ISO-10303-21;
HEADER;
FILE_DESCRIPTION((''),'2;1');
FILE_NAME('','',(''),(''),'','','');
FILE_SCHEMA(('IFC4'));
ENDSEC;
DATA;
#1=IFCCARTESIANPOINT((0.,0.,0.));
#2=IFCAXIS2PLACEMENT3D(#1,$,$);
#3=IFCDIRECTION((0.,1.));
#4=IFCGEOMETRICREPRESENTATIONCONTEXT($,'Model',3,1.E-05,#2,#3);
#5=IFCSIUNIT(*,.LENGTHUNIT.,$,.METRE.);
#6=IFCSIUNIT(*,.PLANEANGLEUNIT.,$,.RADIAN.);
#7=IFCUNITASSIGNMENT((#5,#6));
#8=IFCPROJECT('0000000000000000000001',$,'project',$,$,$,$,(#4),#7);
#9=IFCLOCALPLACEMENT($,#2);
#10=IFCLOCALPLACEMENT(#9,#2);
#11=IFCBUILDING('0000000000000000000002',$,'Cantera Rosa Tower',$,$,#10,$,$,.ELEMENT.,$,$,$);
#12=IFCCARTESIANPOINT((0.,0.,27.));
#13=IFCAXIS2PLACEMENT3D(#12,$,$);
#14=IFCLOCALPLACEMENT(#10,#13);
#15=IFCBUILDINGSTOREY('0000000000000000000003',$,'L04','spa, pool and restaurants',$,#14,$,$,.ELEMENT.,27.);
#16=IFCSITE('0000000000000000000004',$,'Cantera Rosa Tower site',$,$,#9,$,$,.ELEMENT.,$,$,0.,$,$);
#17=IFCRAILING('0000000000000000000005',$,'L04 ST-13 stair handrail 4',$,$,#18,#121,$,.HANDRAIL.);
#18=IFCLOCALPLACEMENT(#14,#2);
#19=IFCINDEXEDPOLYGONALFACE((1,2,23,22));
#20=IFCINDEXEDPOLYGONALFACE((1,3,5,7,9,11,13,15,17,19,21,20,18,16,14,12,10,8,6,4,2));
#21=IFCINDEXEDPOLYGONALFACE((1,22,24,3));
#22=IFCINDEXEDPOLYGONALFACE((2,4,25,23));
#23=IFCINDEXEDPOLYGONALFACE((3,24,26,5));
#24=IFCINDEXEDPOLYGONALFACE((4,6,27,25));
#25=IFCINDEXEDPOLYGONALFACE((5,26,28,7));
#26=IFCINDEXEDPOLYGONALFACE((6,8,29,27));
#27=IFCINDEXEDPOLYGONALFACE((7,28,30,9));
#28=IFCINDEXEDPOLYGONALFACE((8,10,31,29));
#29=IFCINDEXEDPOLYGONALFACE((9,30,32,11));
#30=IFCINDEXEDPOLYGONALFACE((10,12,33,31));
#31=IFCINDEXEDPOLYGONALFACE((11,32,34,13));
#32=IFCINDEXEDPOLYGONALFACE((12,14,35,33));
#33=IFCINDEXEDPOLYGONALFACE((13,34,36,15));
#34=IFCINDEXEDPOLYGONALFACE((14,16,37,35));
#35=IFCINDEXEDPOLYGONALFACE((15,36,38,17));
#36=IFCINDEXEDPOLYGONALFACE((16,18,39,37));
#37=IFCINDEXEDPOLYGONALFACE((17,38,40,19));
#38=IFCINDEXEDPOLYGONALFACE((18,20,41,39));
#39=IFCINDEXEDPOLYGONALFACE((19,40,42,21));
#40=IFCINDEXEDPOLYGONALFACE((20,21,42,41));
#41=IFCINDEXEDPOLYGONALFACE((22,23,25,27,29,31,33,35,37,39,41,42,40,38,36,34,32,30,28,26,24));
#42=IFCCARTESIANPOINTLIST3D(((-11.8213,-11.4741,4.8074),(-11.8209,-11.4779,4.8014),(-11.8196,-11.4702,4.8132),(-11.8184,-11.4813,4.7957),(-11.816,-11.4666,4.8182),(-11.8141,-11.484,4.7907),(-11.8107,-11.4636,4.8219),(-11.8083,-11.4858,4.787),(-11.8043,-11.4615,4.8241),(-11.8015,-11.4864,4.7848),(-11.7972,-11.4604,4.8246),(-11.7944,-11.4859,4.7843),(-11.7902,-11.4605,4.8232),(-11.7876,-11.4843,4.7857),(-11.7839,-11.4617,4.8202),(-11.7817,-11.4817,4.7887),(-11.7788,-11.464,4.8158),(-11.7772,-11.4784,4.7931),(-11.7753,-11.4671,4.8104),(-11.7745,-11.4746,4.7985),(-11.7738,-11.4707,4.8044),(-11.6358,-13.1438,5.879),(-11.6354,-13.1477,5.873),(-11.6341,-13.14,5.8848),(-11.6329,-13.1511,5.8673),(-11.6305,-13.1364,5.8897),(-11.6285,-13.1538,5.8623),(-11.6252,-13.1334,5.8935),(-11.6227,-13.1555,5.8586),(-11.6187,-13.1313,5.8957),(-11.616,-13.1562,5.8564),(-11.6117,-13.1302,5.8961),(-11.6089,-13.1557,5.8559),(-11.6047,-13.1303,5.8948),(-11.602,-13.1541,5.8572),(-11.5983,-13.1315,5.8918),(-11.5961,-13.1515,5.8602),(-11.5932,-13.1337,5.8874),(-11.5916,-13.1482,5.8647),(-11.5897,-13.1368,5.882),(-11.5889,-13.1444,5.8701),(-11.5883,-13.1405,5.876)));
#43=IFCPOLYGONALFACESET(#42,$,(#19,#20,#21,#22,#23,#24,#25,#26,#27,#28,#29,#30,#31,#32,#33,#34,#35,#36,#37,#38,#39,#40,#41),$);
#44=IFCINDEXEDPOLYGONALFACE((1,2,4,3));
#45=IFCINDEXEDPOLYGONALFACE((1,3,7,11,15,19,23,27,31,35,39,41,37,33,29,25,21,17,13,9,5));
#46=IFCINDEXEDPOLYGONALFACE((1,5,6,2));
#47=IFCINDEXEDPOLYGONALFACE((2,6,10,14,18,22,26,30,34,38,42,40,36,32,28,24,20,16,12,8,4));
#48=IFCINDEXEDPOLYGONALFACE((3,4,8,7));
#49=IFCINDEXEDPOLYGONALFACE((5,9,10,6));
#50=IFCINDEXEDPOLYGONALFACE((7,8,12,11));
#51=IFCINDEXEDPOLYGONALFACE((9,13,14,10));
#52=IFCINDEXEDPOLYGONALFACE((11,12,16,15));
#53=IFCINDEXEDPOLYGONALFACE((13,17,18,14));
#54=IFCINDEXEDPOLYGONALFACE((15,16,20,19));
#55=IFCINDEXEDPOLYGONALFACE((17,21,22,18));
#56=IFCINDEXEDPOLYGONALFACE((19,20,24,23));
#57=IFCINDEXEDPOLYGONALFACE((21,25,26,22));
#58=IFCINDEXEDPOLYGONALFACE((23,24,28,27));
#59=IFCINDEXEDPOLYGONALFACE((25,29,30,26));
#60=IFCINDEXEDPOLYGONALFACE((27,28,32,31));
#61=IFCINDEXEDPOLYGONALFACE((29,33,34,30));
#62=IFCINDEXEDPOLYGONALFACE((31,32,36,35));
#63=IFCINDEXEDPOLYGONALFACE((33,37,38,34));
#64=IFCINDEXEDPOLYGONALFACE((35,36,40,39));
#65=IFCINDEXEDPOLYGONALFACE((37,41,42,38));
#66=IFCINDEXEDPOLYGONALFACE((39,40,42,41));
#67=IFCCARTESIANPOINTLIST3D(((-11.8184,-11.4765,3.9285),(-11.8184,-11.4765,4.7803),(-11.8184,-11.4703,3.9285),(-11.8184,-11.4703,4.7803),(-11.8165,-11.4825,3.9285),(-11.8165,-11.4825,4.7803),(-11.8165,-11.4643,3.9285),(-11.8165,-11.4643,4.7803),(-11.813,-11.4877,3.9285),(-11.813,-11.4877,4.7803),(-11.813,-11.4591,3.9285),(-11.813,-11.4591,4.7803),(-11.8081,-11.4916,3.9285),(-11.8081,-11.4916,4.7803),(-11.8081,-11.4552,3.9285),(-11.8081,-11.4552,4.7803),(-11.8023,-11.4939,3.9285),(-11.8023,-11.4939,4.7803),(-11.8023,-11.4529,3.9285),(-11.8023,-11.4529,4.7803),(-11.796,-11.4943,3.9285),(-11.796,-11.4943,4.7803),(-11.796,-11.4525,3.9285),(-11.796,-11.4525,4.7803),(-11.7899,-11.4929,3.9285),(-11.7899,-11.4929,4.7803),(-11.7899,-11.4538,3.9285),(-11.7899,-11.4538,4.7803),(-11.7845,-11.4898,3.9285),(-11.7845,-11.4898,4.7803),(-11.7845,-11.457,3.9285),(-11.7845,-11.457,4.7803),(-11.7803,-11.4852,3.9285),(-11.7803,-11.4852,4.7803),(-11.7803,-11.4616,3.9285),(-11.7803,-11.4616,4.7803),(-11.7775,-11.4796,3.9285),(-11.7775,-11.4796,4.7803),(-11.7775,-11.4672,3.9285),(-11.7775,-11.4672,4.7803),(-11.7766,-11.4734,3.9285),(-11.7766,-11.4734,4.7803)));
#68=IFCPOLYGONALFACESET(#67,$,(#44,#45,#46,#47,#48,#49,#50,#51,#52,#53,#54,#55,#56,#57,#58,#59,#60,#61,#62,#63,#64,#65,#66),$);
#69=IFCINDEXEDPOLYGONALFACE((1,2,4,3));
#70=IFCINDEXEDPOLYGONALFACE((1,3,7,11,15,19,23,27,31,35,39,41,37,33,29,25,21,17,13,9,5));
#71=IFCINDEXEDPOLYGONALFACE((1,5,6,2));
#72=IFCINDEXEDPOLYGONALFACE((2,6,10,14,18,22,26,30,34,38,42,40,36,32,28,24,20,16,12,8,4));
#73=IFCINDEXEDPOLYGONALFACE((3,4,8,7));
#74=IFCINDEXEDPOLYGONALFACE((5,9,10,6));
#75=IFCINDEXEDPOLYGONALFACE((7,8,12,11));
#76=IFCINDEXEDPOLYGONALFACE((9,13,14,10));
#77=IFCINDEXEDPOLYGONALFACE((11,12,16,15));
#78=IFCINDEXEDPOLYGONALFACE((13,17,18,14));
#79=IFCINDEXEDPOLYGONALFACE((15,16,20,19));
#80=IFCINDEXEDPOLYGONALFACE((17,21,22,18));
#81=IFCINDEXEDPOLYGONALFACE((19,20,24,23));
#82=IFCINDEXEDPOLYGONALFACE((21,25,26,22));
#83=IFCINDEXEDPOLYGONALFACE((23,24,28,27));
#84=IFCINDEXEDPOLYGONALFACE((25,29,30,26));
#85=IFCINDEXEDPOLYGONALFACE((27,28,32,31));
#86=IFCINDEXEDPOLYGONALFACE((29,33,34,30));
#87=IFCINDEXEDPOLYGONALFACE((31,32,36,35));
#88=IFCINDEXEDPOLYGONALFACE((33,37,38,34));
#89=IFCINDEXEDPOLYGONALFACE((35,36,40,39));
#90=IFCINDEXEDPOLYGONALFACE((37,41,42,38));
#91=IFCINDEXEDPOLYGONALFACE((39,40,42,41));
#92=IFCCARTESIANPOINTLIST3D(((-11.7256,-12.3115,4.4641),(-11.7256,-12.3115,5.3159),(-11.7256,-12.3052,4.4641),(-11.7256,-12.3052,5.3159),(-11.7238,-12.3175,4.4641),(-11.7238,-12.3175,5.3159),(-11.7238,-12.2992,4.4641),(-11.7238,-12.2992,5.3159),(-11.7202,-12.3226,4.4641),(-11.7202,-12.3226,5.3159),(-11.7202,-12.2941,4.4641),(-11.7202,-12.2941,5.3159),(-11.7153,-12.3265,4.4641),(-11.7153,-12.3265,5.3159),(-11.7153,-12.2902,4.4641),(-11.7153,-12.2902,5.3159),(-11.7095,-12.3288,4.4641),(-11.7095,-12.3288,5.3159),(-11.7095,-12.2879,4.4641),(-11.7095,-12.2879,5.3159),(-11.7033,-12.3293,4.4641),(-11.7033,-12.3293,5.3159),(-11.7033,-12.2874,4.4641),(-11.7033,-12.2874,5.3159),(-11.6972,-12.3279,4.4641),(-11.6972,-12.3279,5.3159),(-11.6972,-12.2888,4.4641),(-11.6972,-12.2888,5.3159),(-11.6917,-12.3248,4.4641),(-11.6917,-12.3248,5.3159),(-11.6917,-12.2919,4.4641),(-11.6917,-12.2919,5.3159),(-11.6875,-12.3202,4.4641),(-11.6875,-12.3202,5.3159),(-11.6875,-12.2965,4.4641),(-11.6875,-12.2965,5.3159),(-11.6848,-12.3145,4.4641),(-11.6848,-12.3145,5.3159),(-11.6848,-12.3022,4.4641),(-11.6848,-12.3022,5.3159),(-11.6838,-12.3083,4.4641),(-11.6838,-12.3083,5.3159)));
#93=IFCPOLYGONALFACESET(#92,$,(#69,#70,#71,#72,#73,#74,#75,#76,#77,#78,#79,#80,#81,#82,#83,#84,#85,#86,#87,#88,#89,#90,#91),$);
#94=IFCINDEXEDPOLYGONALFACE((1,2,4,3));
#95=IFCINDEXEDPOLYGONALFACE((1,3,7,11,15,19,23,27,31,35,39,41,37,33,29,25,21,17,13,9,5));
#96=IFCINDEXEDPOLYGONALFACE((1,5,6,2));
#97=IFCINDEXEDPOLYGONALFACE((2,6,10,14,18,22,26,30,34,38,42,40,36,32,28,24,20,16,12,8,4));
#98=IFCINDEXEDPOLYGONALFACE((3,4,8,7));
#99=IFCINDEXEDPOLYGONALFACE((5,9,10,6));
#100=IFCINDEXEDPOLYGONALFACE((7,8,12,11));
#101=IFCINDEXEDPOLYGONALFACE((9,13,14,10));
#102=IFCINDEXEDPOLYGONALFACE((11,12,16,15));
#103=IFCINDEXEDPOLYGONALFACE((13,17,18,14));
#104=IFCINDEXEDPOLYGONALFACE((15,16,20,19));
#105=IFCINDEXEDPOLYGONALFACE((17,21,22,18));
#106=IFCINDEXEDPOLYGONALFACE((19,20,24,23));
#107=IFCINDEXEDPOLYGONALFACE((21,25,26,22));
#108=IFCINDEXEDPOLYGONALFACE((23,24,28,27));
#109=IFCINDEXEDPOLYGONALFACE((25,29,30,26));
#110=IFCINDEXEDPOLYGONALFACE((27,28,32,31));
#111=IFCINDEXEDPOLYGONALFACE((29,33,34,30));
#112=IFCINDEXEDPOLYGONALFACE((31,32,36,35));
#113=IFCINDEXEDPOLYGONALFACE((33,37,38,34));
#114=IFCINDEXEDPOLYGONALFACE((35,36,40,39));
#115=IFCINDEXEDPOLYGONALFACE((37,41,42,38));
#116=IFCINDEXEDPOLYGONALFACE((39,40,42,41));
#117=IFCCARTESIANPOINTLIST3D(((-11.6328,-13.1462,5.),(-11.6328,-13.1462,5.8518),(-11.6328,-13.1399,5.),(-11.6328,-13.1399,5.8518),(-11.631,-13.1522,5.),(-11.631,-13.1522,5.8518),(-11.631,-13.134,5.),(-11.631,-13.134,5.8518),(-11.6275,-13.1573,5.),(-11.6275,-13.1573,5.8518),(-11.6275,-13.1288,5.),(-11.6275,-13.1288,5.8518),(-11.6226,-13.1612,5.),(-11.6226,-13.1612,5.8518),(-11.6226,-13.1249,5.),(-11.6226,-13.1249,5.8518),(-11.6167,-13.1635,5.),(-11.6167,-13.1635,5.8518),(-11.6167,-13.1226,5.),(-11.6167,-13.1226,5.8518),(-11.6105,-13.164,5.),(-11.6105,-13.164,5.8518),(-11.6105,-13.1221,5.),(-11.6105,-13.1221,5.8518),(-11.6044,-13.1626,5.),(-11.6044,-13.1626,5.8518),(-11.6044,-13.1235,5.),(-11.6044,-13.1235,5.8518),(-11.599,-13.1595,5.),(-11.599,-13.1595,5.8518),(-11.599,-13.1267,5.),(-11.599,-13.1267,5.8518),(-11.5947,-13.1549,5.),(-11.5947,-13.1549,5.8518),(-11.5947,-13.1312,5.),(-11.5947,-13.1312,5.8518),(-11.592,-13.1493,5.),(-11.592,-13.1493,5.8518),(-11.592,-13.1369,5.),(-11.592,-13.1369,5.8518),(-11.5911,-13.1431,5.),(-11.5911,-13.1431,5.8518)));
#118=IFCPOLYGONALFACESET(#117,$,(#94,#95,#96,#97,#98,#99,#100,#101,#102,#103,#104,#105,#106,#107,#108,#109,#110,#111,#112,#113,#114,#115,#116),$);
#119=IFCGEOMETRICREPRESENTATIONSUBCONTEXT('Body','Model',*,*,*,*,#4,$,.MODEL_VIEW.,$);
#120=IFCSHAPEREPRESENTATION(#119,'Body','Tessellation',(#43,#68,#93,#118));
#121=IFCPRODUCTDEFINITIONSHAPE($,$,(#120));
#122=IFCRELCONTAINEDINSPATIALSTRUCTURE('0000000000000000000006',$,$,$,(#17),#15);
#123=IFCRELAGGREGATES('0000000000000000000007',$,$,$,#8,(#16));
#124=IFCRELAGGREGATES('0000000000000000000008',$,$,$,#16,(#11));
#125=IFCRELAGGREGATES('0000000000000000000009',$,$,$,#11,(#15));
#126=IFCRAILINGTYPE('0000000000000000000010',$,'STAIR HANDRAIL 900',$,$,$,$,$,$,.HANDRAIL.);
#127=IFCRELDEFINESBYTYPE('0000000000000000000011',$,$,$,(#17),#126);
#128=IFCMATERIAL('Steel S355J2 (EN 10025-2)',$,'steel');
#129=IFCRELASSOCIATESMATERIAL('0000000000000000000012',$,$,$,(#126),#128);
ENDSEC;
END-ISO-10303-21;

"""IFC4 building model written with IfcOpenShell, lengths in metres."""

from ifc_helpers import new_model, si_unit, direction, frame, origin, origin_2d, place, context, subcontext, project, spatial, circle, extrude, material, type_object, element, save


model = new_model("IFC4")

# Units and contexts
model_context = context("Model", 3, precision=1e-05, world=origin(), true_north=direction((0.0, 1.0)))
body_context = subcontext(model_context, "Body", "Model", "MODEL_VIEW")
ifc_project = project(units=[si_unit("LENGTHUNIT", "METRE"), si_unit("PLANEANGLEUNIT", "RADIAN")], contexts=[model_context])

# Site, building, storey
site_placement = place(None, origin())
site = spatial("IfcSite", under=ifc_project, at=site_placement, Name="Cantera Rosa Tower site", CompositionType="ELEMENT", RefElevation=0.0)
building_placement = place(site_placement, origin())
building = spatial("IfcBuilding", under=site, at=building_placement, Name="Cantera Rosa Tower", CompositionType="ELEMENT")
storey_placement = place(building_placement, frame((0.0, 0.0, 27.0)))
storey = spatial("IfcBuildingStorey", under=building, at=storey_placement, Name="L04", Description="spa, pool and restaurants", CompositionType="ELEMENT", Elevation=27.0)

# Railing
ifc_material_1 = material(Name="Steel S355J2 (EN 10025-2)", Category="steel")
railing_type_1 = type_object("IfcRailingType", Name="STAIR HANDRAIL 900", PredefinedType="HANDRAIL", material=ifc_material_1)
railing_1_placement = place(storey_placement, frame((-11.7976, -11.4734, 3.9285)))
element("IfcRailing", 1, at=railing_1_placement, inside=storey, type_object=railing_type_1, Name="L04 ST-13 stair handrail 4", PredefinedType="HANDRAIL", context=body_context, shape_type="SweptSolid", body=[
    extrude(circle(Radius=0.0239, at=origin_2d()), frame((0.0, 0.0, 0.876), z_axis=(0.093118, -0.837941, 0.537758), x_axis=(0.993882, 0.110447, 0.0)), (0.0, 0.0, 1.0), 1.9927),
    extrude(circle(Radius=0.021, at=origin_2d()), origin(), (0.0, 0.0, 1.0), 0.8518),
    extrude(circle(Radius=0.021, at=origin_2d()), frame((0.0928, -0.835, 0.5356)), (0.0, 0.0, 1.0), 0.8518),
    extrude(circle(Radius=0.021, at=origin_2d()), frame((0.1855, -1.6697, 1.0715)), (0.0, 0.0, 1.0), 0.8518),
])

save(model, "model.ifc")
